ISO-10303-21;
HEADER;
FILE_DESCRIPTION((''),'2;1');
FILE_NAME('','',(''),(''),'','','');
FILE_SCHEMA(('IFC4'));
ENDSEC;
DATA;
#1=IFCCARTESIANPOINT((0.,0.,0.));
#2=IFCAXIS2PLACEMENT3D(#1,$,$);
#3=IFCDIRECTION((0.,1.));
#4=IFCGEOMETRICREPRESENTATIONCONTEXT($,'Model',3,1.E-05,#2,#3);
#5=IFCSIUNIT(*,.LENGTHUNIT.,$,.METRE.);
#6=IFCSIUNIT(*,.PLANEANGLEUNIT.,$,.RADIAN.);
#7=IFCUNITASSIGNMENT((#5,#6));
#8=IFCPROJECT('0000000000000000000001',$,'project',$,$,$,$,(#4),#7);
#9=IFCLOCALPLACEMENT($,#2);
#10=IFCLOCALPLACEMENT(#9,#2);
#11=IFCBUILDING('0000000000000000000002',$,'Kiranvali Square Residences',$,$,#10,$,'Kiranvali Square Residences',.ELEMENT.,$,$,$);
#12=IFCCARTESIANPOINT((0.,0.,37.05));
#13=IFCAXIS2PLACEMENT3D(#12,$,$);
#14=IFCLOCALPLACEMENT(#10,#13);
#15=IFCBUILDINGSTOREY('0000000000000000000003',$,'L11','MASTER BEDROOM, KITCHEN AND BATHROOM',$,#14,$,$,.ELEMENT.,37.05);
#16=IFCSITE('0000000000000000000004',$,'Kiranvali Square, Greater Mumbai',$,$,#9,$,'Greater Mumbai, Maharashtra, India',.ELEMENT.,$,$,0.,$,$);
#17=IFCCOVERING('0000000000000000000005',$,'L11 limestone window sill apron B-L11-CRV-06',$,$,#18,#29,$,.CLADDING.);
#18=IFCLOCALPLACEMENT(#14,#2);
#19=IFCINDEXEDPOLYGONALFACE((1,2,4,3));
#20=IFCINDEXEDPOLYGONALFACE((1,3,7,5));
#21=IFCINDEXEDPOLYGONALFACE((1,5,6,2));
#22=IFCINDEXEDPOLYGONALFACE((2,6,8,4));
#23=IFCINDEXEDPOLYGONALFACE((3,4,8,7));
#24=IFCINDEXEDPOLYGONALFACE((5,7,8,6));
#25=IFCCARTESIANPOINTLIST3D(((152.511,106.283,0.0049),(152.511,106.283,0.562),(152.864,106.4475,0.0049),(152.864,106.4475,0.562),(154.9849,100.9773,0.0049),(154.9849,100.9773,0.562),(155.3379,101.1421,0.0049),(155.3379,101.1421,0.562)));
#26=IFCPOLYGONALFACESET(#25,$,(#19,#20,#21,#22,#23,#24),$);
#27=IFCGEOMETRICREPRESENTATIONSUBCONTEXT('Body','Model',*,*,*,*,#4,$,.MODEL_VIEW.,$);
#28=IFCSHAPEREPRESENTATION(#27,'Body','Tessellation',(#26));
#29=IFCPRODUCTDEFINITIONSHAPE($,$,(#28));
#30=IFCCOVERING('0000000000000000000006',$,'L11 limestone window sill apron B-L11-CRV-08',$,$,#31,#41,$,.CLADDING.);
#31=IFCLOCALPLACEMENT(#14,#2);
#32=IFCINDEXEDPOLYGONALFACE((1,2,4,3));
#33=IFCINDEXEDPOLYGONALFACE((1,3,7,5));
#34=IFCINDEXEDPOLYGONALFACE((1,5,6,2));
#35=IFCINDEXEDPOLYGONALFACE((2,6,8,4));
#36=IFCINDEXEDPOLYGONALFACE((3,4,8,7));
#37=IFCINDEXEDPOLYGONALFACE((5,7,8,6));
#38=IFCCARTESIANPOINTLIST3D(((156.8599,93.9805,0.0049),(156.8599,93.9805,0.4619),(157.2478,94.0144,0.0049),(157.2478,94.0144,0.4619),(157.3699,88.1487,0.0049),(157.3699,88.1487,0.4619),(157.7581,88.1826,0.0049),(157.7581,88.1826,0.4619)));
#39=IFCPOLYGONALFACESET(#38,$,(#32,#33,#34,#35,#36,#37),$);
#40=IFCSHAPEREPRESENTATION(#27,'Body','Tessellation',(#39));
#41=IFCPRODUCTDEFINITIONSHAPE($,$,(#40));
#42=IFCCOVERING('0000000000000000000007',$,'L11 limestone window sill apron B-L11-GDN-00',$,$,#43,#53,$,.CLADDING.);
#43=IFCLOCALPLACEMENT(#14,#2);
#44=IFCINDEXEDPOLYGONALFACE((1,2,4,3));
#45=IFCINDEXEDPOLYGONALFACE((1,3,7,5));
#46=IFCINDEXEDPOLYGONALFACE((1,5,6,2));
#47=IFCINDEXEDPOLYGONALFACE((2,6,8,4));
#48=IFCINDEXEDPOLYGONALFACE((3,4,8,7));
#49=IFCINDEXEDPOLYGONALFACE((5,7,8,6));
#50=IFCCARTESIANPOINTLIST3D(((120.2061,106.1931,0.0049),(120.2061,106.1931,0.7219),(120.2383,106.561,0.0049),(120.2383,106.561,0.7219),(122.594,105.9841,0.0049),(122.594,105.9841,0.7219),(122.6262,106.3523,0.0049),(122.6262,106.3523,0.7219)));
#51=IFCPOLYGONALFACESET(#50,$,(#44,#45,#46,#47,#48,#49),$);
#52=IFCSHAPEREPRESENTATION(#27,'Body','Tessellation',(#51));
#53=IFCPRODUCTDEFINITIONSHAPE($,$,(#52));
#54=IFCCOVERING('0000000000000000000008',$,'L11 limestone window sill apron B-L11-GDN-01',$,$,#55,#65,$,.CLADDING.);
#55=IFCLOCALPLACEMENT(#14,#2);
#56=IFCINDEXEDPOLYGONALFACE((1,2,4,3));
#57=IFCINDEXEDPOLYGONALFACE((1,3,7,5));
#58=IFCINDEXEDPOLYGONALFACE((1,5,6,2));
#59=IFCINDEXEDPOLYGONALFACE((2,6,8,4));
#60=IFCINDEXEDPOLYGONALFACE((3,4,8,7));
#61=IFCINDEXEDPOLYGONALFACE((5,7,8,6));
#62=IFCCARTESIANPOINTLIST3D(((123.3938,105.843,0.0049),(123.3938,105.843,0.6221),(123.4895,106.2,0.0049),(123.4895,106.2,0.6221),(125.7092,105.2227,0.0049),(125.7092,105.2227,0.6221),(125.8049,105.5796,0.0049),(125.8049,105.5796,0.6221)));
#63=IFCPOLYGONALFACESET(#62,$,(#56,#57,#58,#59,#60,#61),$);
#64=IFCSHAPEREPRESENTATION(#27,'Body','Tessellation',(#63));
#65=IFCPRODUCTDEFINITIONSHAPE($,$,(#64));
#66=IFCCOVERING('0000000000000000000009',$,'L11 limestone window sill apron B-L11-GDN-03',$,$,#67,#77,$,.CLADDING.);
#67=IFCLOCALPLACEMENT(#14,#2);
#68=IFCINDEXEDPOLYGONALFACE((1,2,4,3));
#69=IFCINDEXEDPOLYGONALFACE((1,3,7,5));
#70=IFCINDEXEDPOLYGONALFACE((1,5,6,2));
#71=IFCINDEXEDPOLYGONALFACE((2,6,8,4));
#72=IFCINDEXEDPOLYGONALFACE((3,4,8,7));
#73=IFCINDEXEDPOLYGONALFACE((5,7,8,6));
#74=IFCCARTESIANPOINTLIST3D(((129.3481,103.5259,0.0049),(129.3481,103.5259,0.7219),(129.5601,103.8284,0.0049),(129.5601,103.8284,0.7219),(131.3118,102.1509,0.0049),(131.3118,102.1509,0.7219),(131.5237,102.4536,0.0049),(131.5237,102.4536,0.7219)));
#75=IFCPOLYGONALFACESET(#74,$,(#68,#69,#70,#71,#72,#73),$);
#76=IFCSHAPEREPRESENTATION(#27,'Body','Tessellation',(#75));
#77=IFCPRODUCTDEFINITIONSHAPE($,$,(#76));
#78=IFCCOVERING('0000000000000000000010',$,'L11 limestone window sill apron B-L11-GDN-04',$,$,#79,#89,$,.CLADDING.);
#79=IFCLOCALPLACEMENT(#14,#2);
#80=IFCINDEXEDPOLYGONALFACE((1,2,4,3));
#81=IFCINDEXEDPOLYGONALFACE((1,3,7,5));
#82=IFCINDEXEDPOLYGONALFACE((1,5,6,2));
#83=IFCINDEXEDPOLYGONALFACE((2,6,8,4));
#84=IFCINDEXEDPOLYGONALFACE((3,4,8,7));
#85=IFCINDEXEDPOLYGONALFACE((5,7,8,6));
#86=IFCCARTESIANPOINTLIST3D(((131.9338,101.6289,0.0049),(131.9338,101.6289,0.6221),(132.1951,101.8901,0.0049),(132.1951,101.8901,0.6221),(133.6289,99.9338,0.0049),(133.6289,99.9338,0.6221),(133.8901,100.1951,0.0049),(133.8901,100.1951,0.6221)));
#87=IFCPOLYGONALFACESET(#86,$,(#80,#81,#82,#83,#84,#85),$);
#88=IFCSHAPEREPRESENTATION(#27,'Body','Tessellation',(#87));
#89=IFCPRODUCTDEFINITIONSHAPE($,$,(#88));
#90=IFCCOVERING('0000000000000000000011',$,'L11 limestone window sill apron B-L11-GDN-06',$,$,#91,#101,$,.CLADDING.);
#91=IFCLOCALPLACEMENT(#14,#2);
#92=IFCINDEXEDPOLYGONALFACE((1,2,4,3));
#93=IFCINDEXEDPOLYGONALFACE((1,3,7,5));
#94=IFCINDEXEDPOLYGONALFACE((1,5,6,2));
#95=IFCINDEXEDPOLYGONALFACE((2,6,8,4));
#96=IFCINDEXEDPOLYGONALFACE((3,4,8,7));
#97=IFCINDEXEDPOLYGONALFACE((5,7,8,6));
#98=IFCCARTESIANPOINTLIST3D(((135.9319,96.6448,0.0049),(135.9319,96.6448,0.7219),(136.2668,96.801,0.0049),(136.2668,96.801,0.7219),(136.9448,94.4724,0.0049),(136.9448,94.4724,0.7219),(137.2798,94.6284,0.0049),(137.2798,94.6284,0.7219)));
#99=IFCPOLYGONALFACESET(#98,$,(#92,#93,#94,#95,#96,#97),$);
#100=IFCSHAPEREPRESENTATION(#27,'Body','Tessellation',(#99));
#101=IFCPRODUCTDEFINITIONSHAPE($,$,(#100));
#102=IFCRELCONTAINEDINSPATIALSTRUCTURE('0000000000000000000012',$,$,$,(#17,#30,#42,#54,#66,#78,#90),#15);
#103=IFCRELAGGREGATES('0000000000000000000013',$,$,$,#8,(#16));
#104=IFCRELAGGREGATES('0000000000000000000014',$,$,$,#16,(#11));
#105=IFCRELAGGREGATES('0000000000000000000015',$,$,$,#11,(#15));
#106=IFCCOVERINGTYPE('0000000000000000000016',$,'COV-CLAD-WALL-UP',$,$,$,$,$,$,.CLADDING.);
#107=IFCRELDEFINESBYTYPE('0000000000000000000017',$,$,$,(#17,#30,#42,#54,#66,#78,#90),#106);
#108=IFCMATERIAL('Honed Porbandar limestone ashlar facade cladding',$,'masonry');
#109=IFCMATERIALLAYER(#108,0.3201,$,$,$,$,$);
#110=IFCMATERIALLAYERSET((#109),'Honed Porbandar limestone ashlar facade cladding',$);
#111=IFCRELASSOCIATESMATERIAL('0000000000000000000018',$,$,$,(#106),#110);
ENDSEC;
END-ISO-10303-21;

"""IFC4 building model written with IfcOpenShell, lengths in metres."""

from ifc_helpers import new_model, si_unit, direction, frame, origin, place, context, subcontext, project, spatial, polyline, outline, extrude, material, layer, layer_set, type_object, element, save


model = new_model("IFC4")

# Units and contexts
model_context = context("Model", 3, precision=1e-05, world=origin(), true_north=direction((0.0, 1.0)))
body_context = subcontext(model_context, "Body", "Model", "MODEL_VIEW")
ifc_project = project(units=[si_unit("LENGTHUNIT", "METRE"), si_unit("PLANEANGLEUNIT", "RADIAN")], contexts=[model_context])

# Site, building, storey
site_placement = place(None, origin())
site = spatial("IfcSite", under=ifc_project, at=site_placement, Name="Kiranvali Square, Greater Mumbai", LongName="Greater Mumbai, Maharashtra, India", CompositionType="ELEMENT", RefElevation=0.0)
building_placement = place(site_placement, origin())
building = spatial("IfcBuilding", under=site, at=building_placement, Name="Kiranvali Square Residences", LongName="Kiranvali Square Residences", CompositionType="ELEMENT")
storey_placement = place(building_placement, frame((0.0, 0.0, 37.05)))
storey = spatial("IfcBuildingStorey", under=building, at=storey_placement, Name="L11", Description="MASTER BEDROOM, KITCHEN AND BATHROOM", CompositionType="ELEMENT", Elevation=37.05)

# Coverings
ifc_material = material(Name="Honed Porbandar limestone ashlar facade cladding", Category="masonry")
ifc_layer_1 = layer(ifc_material, 0.3201)
ifc_layer_set_1 = layer_set([ifc_layer_1], Name="Honed Porbandar limestone ashlar facade cladding")
covering_type_1 = type_object("IfcCoveringType", Name="COV-CLAD-WALL-UP", PredefinedType="CLADDING", material=ifc_layer_set_1)
covering_1_placement = place(storey_placement, frame((0.0, 0.0, 0.0049)))
element("IfcCovering", 1, at=covering_1_placement, inside=storey, type_object=covering_type_1, Name="L11 limestone window sill apron B-L11-CRV-06", PredefinedType="CLADDING", context=body_context, shape_type="SweptSolid", body=[
    extrude(outline(polyline([(152.511, 106.283), (154.9849, 100.9773), (155.3379, 101.1421), (152.864, 106.4475), (152.511, 106.283)])), origin(), (0.0, 0.0, 1.0), 0.5571),
])
covering_2_placement = place(storey_placement, frame((0.0, 0.0, 0.0049)))
element("IfcCovering", 2, at=covering_2_placement, inside=storey, type_object=covering_type_1, Name="L11 limestone window sill apron B-L11-CRV-08", PredefinedType="CLADDING", context=body_context, shape_type="SweptSolid", body=[
    extrude(outline(polyline([(156.8599, 93.9805), (157.3699, 88.1487), (157.7581, 88.1826), (157.2478, 94.0144), (156.8599, 93.9805)])), origin(), (0.0, 0.0, 1.0), 0.457),
])
covering_3_placement = place(storey_placement, frame((0.0, 0.0, 0.0049)))
element("IfcCovering", 3, at=covering_3_placement, inside=storey, type_object=covering_type_1, Name="L11 limestone window sill apron B-L11-GDN-00", PredefinedType="CLADDING", context=body_context, shape_type="SweptSolid", body=[
    extrude(outline(polyline([(120.2061, 106.1931), (122.594, 105.9841), (122.6262, 106.3523), (120.2383, 106.561), (120.2061, 106.1931)])), origin(), (0.0, 0.0, 1.0), 0.717),
])
covering_4_placement = place(storey_placement, frame((0.0, 0.0, 0.0049)))
element("IfcCovering", 4, at=covering_4_placement, inside=storey, type_object=covering_type_1, Name="L11 limestone window sill apron B-L11-GDN-01", PredefinedType="CLADDING", context=body_context, shape_type="SweptSolid", body=[
    extrude(outline(polyline([(123.3938, 105.843), (125.7092, 105.2227), (125.8049, 105.5796), (123.4895, 106.2), (123.3938, 105.843)])), origin(), (0.0, 0.0, 1.0), 0.6172),
])
covering_5_placement = place(storey_placement, frame((0.0, 0.0, 0.0049)))
element("IfcCovering", 5, at=covering_5_placement, inside=storey, type_object=covering_type_1, Name="L11 limestone window sill apron B-L11-GDN-03", PredefinedType="CLADDING", context=body_context, shape_type="SweptSolid", body=[
    extrude(outline(polyline([(129.3481, 103.5259), (131.3118, 102.1509), (131.5237, 102.4536), (129.5601, 103.8284), (129.3481, 103.5259)])), origin(), (0.0, 0.0, 1.0), 0.717),
])
covering_6_placement = place(storey_placement, frame((0.0, 0.0, 0.0049)))
element("IfcCovering", 6, at=covering_6_placement, inside=storey, type_object=covering_type_1, Name="L11 limestone window sill apron B-L11-GDN-04", PredefinedType="CLADDING", context=body_context, shape_type="SweptSolid", body=[
    extrude(outline(polyline([(131.9338, 101.6289), (133.6289, 99.9338), (133.8901, 100.1951), (132.1951, 101.8901), (131.9338, 101.6289)])), origin(), (0.0, 0.0, 1.0), 0.6172),
])
covering_7_placement = place(storey_placement, frame((0.0, 0.0, 0.0049)))
element("IfcCovering", 7, at=covering_7_placement, inside=storey, type_object=covering_type_1, Name="L11 limestone window sill apron B-L11-GDN-06", PredefinedType="CLADDING", context=body_context, shape_type="SweptSolid", body=[
    extrude(outline(polyline([(135.9319, 96.6448), (136.9448, 94.4724), (137.2798, 94.6284), (136.2668, 96.801), (135.9319, 96.6448)])), origin(), (0.0, 0.0, 1.0), 0.717),
])

save(model, "model.ifc")
